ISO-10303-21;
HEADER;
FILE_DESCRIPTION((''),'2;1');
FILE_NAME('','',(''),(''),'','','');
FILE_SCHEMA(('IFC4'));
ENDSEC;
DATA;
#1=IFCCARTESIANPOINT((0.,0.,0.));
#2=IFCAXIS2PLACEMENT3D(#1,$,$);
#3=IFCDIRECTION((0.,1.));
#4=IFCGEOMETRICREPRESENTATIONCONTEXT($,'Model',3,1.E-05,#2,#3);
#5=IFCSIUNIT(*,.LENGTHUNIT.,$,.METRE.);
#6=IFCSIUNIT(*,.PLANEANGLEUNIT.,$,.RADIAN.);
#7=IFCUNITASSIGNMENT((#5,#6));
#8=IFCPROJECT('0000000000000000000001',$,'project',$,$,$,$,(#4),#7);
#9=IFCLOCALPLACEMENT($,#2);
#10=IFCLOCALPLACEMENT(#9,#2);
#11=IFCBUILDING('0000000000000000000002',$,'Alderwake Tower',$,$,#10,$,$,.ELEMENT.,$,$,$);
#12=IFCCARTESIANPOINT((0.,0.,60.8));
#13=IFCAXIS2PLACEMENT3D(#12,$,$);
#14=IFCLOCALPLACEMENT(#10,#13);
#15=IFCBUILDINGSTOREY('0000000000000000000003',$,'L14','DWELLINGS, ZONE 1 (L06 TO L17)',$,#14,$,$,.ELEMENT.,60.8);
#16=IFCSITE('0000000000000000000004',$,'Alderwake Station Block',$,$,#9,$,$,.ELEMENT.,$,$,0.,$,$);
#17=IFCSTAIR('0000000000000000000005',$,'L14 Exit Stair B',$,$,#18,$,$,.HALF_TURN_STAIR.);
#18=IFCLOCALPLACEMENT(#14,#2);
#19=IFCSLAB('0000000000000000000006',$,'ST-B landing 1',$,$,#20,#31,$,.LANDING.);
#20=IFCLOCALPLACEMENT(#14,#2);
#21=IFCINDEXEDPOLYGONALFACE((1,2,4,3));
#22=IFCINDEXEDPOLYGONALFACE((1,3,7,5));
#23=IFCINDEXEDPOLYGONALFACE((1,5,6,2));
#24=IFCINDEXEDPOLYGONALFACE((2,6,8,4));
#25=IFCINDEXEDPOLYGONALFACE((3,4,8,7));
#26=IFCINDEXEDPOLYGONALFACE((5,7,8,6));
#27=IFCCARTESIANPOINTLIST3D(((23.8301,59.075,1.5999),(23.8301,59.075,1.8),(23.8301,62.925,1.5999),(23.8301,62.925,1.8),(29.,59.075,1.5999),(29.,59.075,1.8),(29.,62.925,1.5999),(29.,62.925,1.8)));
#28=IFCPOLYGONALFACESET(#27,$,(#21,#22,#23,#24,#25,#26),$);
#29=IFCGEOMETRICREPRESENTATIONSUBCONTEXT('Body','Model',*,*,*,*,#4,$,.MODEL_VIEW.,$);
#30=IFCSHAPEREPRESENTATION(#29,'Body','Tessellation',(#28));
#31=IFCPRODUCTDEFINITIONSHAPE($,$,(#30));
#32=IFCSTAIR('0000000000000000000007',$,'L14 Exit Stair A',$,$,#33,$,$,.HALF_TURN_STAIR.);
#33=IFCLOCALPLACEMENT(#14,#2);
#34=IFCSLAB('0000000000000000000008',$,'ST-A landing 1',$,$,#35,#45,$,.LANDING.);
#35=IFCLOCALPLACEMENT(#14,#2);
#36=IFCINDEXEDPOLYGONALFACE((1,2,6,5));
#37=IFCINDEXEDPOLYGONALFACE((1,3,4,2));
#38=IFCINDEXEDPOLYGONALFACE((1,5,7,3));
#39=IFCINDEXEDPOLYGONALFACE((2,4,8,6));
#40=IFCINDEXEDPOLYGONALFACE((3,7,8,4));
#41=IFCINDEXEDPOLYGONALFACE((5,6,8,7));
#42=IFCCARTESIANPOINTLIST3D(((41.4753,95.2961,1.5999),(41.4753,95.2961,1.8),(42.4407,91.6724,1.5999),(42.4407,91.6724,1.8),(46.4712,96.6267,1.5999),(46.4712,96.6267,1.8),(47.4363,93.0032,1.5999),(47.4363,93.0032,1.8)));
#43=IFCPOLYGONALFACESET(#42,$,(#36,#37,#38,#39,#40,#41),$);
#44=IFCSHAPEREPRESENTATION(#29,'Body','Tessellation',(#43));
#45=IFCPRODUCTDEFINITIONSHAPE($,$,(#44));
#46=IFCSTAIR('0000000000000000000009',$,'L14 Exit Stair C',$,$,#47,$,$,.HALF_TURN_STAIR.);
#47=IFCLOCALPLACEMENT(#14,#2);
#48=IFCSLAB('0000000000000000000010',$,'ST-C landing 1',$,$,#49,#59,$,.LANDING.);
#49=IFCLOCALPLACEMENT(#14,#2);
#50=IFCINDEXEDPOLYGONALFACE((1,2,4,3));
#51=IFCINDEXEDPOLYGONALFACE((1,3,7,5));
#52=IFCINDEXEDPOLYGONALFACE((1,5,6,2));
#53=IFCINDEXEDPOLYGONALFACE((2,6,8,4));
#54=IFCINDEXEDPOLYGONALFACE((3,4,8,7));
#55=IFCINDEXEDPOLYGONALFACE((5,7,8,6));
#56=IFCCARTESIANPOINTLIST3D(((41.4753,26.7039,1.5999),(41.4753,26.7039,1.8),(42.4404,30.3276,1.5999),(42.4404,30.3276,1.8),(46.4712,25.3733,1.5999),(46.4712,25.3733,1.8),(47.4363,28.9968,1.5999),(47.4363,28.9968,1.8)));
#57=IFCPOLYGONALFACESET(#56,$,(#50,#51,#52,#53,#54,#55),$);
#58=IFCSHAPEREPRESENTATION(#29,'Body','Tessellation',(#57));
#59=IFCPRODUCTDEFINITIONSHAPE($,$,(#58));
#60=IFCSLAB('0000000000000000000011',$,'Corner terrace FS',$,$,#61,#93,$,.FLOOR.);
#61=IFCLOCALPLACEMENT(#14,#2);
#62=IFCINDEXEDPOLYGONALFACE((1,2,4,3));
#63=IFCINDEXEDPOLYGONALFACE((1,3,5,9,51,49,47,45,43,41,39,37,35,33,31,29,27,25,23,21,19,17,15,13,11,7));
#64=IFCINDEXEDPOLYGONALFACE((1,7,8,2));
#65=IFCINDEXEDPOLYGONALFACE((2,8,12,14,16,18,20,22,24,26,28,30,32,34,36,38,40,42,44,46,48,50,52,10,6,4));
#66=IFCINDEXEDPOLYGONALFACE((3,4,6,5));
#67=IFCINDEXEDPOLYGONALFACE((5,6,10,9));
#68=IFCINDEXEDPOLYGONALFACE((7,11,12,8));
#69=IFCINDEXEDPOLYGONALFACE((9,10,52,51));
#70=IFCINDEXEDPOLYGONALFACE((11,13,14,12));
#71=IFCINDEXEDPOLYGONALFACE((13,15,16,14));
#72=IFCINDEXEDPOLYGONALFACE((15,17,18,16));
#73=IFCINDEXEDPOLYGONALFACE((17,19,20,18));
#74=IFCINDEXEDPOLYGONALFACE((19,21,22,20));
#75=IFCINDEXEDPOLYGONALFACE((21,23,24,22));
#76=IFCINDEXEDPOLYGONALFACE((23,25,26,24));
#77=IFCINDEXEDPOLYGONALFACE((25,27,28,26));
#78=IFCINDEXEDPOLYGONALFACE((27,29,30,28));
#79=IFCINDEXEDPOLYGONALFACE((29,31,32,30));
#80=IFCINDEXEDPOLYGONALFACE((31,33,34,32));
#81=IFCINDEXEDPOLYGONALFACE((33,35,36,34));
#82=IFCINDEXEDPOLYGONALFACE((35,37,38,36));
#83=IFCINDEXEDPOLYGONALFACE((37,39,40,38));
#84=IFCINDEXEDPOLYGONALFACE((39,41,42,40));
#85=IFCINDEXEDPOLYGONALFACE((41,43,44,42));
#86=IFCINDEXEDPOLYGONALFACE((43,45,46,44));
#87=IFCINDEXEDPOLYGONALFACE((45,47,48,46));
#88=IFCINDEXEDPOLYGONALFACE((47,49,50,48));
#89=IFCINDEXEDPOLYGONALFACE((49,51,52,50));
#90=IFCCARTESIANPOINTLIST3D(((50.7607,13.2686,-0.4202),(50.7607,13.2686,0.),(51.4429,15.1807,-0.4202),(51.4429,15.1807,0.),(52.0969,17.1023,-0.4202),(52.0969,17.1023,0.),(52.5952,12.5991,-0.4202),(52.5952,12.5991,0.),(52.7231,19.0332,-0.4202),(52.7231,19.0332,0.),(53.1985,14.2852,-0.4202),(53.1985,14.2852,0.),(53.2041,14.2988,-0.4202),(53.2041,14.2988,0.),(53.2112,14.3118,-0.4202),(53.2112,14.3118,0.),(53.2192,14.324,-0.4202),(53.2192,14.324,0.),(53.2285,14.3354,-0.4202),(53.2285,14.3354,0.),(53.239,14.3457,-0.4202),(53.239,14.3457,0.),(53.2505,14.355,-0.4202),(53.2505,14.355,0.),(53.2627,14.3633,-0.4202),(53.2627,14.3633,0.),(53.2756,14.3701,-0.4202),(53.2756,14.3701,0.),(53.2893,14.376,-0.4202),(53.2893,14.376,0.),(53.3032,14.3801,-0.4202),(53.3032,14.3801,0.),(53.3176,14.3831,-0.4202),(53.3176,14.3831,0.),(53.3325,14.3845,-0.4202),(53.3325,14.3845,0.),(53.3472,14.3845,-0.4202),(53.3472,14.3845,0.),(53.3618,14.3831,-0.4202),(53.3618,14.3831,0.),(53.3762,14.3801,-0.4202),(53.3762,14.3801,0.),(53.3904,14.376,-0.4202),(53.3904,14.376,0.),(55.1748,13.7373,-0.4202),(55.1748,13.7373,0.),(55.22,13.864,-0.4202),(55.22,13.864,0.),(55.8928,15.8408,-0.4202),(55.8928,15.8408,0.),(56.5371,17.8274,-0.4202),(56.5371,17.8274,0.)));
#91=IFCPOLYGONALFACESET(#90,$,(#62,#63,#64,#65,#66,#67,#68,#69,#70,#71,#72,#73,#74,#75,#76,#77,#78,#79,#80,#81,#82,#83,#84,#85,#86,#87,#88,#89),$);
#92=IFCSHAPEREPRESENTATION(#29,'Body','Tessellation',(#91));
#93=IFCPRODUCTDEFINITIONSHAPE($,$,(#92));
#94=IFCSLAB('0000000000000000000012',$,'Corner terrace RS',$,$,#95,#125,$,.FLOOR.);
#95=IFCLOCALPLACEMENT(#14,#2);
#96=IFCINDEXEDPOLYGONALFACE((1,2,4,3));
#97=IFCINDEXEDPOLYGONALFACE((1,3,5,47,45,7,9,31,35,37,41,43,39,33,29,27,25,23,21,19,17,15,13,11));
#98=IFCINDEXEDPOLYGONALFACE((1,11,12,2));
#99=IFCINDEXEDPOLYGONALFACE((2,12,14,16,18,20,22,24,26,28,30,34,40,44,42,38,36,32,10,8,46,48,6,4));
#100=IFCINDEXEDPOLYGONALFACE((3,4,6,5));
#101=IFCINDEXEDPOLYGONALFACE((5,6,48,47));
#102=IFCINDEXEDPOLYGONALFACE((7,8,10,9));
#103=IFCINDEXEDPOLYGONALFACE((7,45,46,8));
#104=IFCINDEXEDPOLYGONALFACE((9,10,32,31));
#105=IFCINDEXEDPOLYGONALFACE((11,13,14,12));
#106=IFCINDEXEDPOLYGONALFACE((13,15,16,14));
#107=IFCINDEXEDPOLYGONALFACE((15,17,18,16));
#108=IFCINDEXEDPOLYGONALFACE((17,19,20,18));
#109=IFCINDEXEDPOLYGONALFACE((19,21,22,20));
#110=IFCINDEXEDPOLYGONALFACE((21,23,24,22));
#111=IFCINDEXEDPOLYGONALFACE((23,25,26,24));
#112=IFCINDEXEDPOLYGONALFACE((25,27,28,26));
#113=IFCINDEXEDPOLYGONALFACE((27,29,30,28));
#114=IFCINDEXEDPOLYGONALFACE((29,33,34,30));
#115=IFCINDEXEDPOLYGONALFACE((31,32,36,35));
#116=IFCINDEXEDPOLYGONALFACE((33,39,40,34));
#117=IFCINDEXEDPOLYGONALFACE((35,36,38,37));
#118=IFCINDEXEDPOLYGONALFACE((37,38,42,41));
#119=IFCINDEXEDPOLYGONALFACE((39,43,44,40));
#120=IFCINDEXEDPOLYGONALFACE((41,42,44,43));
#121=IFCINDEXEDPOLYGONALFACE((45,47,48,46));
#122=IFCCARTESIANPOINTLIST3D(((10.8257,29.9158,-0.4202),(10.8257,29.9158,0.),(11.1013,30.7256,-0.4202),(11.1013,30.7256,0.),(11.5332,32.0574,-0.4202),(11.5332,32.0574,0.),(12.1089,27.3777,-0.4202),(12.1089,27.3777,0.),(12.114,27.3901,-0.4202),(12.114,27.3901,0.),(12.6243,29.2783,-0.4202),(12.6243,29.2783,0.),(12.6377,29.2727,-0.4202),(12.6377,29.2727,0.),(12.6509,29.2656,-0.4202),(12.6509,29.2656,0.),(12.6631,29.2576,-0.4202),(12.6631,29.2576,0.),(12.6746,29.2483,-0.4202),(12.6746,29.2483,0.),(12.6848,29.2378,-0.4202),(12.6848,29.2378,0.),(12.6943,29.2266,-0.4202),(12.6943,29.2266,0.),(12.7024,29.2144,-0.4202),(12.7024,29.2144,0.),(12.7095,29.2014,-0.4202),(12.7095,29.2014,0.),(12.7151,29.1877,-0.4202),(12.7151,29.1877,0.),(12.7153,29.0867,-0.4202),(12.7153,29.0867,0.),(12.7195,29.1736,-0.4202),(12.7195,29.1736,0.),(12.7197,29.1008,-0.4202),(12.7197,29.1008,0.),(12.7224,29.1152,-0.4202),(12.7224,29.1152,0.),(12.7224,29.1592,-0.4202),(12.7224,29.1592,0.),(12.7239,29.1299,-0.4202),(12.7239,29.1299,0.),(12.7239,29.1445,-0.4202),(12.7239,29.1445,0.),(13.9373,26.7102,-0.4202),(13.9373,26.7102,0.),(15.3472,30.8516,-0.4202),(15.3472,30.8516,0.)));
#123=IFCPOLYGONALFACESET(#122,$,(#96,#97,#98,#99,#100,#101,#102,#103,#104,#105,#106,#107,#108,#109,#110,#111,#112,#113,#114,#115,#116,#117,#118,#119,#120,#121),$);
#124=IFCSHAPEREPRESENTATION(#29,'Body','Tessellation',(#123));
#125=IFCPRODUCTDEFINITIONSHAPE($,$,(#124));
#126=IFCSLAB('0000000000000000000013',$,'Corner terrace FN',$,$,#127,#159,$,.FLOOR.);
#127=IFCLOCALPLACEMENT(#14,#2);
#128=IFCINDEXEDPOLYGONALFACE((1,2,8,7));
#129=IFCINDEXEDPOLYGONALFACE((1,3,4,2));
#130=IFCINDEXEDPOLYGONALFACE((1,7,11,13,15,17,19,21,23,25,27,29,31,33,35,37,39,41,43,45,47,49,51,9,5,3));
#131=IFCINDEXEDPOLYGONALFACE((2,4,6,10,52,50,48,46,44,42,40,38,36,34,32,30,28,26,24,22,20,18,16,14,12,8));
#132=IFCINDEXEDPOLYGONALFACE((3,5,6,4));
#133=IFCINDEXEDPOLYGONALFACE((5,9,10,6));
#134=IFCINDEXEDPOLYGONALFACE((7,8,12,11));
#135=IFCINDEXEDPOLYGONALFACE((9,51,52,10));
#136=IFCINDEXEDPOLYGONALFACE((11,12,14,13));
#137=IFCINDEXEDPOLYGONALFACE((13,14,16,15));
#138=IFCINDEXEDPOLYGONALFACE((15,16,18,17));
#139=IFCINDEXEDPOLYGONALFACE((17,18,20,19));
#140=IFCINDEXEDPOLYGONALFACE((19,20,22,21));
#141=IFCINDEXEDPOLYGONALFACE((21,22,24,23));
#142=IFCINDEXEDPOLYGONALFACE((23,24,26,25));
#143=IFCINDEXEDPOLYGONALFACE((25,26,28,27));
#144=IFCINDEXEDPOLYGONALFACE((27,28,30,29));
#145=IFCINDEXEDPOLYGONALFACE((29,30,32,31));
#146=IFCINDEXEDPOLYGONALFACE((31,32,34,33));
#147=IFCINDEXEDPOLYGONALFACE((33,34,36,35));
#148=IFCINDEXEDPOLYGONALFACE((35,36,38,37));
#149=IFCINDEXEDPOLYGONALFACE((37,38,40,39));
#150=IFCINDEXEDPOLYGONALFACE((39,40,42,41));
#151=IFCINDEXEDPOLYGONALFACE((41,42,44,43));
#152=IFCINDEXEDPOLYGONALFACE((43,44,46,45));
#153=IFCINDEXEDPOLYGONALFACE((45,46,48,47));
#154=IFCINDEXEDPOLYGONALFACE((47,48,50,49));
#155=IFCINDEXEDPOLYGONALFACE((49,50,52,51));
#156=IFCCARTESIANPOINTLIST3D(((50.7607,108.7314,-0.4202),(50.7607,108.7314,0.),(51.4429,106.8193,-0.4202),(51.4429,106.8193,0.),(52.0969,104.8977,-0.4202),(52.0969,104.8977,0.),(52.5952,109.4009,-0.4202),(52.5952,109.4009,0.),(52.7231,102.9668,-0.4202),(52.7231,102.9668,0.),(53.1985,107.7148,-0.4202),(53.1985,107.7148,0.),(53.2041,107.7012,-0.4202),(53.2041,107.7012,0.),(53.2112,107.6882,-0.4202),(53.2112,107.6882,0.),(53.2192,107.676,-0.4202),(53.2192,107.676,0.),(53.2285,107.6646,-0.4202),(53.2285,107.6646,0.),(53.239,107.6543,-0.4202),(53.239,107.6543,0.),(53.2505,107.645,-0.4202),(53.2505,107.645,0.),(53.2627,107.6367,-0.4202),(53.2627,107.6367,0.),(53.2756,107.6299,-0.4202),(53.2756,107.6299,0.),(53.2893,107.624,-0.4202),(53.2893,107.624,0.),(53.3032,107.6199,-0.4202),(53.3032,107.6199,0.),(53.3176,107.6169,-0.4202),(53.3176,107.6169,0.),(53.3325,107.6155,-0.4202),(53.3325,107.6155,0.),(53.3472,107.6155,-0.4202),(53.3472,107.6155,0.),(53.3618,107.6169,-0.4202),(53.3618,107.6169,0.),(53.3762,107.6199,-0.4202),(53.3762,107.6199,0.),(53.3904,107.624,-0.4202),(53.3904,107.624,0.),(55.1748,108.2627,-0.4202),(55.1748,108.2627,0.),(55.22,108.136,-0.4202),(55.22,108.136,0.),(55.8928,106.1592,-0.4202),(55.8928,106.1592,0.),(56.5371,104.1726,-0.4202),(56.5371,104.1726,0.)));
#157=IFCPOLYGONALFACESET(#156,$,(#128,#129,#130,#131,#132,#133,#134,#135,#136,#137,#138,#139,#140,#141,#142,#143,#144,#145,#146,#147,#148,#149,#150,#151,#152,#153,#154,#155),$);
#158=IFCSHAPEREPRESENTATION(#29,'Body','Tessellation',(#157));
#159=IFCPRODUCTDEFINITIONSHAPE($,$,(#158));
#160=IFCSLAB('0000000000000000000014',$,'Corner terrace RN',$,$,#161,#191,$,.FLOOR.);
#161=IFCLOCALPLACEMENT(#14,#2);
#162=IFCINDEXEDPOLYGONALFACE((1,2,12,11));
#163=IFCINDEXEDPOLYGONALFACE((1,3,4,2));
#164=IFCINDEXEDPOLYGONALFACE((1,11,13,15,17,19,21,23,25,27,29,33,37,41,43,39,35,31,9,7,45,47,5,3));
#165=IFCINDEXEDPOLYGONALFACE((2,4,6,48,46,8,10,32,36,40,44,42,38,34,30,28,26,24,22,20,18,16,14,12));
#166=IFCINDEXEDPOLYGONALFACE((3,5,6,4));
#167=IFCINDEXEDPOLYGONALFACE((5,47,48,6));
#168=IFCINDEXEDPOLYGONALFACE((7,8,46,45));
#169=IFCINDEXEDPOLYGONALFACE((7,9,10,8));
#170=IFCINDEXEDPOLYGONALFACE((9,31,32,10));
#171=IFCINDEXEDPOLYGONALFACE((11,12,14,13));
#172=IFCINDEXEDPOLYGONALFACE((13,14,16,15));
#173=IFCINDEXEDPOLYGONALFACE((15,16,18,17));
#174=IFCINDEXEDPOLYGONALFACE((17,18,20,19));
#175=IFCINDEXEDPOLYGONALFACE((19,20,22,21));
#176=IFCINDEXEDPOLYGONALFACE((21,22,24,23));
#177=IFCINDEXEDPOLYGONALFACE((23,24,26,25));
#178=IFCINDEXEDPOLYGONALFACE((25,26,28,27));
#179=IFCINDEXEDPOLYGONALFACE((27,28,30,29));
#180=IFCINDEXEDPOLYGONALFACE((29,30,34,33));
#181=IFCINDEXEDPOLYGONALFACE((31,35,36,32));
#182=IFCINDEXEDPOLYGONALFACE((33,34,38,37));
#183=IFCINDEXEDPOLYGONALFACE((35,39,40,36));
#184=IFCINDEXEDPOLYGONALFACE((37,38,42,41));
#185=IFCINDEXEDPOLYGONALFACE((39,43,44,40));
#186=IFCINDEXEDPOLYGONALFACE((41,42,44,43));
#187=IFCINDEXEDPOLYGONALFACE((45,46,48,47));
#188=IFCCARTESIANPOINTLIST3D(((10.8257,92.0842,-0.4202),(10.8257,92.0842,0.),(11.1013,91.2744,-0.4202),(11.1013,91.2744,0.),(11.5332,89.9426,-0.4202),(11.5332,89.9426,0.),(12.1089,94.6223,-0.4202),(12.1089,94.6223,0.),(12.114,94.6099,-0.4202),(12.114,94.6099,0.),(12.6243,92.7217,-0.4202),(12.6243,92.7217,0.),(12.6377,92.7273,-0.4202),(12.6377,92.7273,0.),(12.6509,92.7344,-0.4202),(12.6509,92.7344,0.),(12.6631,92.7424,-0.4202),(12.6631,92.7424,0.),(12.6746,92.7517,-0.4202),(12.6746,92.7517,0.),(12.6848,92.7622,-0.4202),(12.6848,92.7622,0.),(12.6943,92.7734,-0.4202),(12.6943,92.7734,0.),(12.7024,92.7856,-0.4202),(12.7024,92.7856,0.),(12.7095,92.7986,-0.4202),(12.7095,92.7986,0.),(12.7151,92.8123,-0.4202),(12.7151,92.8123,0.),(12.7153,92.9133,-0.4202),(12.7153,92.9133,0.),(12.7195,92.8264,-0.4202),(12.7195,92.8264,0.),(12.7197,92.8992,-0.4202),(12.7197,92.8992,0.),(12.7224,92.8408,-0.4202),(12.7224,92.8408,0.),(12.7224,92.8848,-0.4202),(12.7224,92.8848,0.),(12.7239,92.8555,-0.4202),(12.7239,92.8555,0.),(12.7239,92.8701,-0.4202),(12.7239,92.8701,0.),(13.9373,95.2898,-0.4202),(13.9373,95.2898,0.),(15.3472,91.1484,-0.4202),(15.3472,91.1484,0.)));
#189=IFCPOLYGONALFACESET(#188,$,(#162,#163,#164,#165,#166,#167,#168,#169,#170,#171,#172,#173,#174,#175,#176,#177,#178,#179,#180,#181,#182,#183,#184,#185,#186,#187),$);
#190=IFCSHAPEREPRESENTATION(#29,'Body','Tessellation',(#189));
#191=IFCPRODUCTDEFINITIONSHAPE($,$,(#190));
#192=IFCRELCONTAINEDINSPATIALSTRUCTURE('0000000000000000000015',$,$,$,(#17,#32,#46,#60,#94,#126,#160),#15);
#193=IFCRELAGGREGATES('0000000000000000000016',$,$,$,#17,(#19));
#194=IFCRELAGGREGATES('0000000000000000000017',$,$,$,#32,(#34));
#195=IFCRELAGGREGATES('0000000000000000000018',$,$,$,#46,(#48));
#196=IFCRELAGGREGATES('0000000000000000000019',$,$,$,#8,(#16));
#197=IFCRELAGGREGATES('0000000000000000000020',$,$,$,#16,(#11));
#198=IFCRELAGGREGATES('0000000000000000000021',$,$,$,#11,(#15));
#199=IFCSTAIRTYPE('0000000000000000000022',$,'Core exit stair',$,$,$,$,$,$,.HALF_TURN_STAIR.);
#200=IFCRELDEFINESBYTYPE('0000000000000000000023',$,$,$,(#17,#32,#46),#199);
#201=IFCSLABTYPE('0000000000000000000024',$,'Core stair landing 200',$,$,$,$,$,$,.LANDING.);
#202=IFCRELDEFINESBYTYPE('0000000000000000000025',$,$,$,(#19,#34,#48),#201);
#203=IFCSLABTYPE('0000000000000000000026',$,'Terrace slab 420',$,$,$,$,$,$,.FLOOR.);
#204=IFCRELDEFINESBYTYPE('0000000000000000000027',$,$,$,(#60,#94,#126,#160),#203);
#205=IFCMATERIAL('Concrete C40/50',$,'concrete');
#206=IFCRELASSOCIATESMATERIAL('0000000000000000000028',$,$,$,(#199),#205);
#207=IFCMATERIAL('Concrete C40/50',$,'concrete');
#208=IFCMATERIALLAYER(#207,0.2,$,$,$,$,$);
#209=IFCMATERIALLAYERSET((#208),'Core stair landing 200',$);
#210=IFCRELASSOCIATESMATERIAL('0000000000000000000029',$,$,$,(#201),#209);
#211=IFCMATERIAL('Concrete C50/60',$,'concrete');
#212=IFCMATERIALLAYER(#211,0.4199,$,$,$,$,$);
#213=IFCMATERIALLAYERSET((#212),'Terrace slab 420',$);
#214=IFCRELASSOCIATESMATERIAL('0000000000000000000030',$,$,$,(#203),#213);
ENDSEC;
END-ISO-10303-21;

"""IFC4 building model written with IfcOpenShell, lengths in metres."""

from ifc_helpers import new_model, si_unit, direction, frame, origin, place, context, subcontext, project, spatial, polyline, outline, extrude, material, layer, layer_set, type_object, element, aggregate, save


model = new_model("IFC4")

# Units and contexts
model_context = context("Model", 3, precision=1e-05, world=origin(), true_north=direction((0.0, 1.0)))
body_context = subcontext(model_context, "Body", "Model", "MODEL_VIEW")
ifc_project = project(units=[si_unit("LENGTHUNIT", "METRE"), si_unit("PLANEANGLEUNIT", "RADIAN")], contexts=[model_context])

# Site, building, storey
site_placement = place(None, origin())
site = spatial("IfcSite", under=ifc_project, at=site_placement, Name="Alderwake Station Block", CompositionType="ELEMENT", RefElevation=0.0)
building_placement = place(site_placement, origin())
building = spatial("IfcBuilding", under=site, at=building_placement, Name="Alderwake Tower", CompositionType="ELEMENT")
storey_placement = place(building_placement, frame((0.0, 0.0, 60.8)))
storey = spatial("IfcBuildingStorey", under=building, at=storey_placement, Name="L14", Description="DWELLINGS, ZONE 1 (L06 TO L17)", CompositionType="ELEMENT", Elevation=60.8)

# Stairs, slabs
ifc_material_1 = material(Name="Concrete C40/50", Category="concrete")
stair_type = type_object("IfcStairType", Name="Core exit stair", PredefinedType="HALF_TURN_STAIR", material=ifc_material_1)
stair_1_placement = place(storey_placement, origin())
stair_1 = element("IfcStair", 1, at=stair_1_placement, inside=storey, type_object=stair_type, Name="L14 Exit Stair B", PredefinedType="HALF_TURN_STAIR")
ifc_material_2 = material(Name="Concrete C40/50", Category="concrete")
ifc_layer_1 = layer(ifc_material_2, 0.2)
ifc_layer_set_1 = layer_set([ifc_layer_1], Name="Core stair landing 200")
slab_type_1 = type_object("IfcSlabType", Name="Core stair landing 200", PredefinedType="LANDING", material=ifc_layer_set_1)
slab_1_placement = place(storey_placement, frame((0.0, 0.0, 1.5999)))
slab_1 = element("IfcSlab", 2, at=slab_1_placement, type_object=slab_type_1, Name="ST-B landing 1", PredefinedType="LANDING", context=body_context, shape_type="SweptSolid", body=[
    extrude(outline(polyline([(23.8301, 59.075), (29.0, 59.075), (29.0, 62.925), (23.8301, 62.925), (23.8301, 59.075)])), origin(), (0.0, 0.0, 1.0), 0.2002),
])
aggregate(stair_1, [slab_1])
stair_2_placement = place(storey_placement, origin())
stair_2 = element("IfcStair", 3, at=stair_2_placement, inside=storey, type_object=stair_type, Name="L14 Exit Stair A", PredefinedType="HALF_TURN_STAIR")
slab_2_placement = place(storey_placement, frame((0.0, 0.0, 1.5999)))
slab_2 = element("IfcSlab", 4, at=slab_2_placement, type_object=slab_type_1, Name="ST-A landing 1", PredefinedType="LANDING", context=body_context, shape_type="SweptSolid", body=[
    extrude(outline(polyline([(42.4407, 91.6724), (47.4363, 93.0032), (46.4712, 96.6267), (41.4753, 95.2961), (42.4407, 91.6724)])), origin(), (0.0, 0.0, 1.0), 0.2002),
])
aggregate(stair_2, [slab_2])
stair_3_placement = place(storey_placement, origin())
stair_3 = element("IfcStair", 5, at=stair_3_placement, inside=storey, type_object=stair_type, Name="L14 Exit Stair C", PredefinedType="HALF_TURN_STAIR")
slab_3_placement = place(storey_placement, frame((0.0, 0.0, 1.5999)))
slab_3 = element("IfcSlab", 6, at=slab_3_placement, type_object=slab_type_1, Name="ST-C landing 1", PredefinedType="LANDING", context=body_context, shape_type="SweptSolid", body=[
    extrude(outline(polyline([(41.4753, 26.7039), (46.4712, 25.3733), (47.4363, 28.9968), (42.4404, 30.3276), (41.4753, 26.7039)])), origin(), (0.0, 0.0, 1.0), 0.2002),
])
aggregate(stair_3, [slab_3])

# Slabs
ifc_material_3 = material(Name="Concrete C50/60", Category="concrete")
ifc_layer_2 = layer(ifc_material_3, 0.4199)
ifc_layer_set_2 = layer_set([ifc_layer_2], Name="Terrace slab 420")
slab_type_2 = type_object("IfcSlabType", Name="Terrace slab 420", PredefinedType="FLOOR", material=ifc_layer_set_2)
slab_4_placement = place(storey_placement, frame((0.0, 0.0, -0.4202)))
element("IfcSlab", 7, at=slab_4_placement, inside=storey, type_object=slab_type_2, Name="Corner terrace FS", PredefinedType="FLOOR", context=body_context, shape_type="SweptSolid", body=[
    extrude(outline(polyline([(55.22, 13.864), (55.1748, 13.7373), (53.3904, 14.376), (53.3762, 14.3801), (53.3618, 14.3831), (53.3472, 14.3845), (53.3325, 14.3845), (53.3176, 14.3831), (53.3032, 14.3801), (53.2893, 14.376), (53.2756, 14.3701), (53.2627, 14.3633), (53.2505, 14.355), (53.239, 14.3457), (53.2285, 14.3354), (53.2192, 14.324), (53.2112, 14.3118), (53.2041, 14.2988), (53.1985, 14.2852), (52.5952, 12.5991), (50.7607, 13.2686), (51.4429, 15.1807), (52.0969, 17.1023), (52.7231, 19.0332), (56.5371, 17.8274), (55.8928, 15.8408), (55.22, 13.864)])), origin(), (0.0, 0.0, 1.0), 0.4202),
])
slab_5_placement = place(storey_placement, frame((0.0, 0.0, -0.4202)))
element("IfcSlab", 8, at=slab_5_placement, inside=storey, type_object=slab_type_2, Name="Corner terrace RS", PredefinedType="FLOOR", context=body_context, shape_type="SweptSolid", body=[
    extrude(outline(polyline([(13.9373, 26.7102), (12.1089, 27.3777), (12.114, 27.3901), (12.7153, 29.0867), (12.7197, 29.1008), (12.7224, 29.1152), (12.7239, 29.1299), (12.7239, 29.1445), (12.7224, 29.1592), (12.7195, 29.1736), (12.7151, 29.1877), (12.7095, 29.2014), (12.7024, 29.2144), (12.6943, 29.2266), (12.6848, 29.2378), (12.6746, 29.2483), (12.6631, 29.2576), (12.6509, 29.2656), (12.6377, 29.2727), (12.6243, 29.2783), (10.8257, 29.9158), (11.1013, 30.7256), (11.5332, 32.0574), (15.3472, 30.8516), (13.9373, 26.7102)])), origin(), (0.0, 0.0, 1.0), 0.4202),
])
slab_6_placement = place(storey_placement, frame((0.0, 0.0, -0.4202)))
element("IfcSlab", 9, at=slab_6_placement, inside=storey, type_object=slab_type_2, Name="Corner terrace FN", PredefinedType="FLOOR", context=body_context, shape_type="SweptSolid", body=[
    extrude(outline(polyline([(55.22, 108.136), (55.8928, 106.1592), (56.5371, 104.1726), (52.7231, 102.9668), (52.0969, 104.8977), (51.4429, 106.8193), (50.7607, 108.7314), (52.5952, 109.4009), (53.1985, 107.7148), (53.2041, 107.7012), (53.2112, 107.6882), (53.2192, 107.676), (53.2285, 107.6646), (53.239, 107.6543), (53.2505, 107.645), (53.2627, 107.6367), (53.2756, 107.6299), (53.2893, 107.624), (53.3032, 107.6199), (53.3176, 107.6169), (53.3325, 107.6155), (53.3472, 107.6155), (53.3618, 107.6169), (53.3762, 107.6199), (53.3904, 107.624), (55.1748, 108.2627), (55.22, 108.136)])), origin(), (0.0, 0.0, 1.0), 0.4202),
])
slab_7_placement = place(storey_placement, frame((0.0, 0.0, -0.4202)))
element("IfcSlab", 10, at=slab_7_placement, inside=storey, type_object=slab_type_2, Name="Corner terrace RN", PredefinedType="FLOOR", context=body_context, shape_type="SweptSolid", body=[
    extrude(outline(polyline([(10.8257, 92.0842), (12.6243, 92.7217), (12.6377, 92.7273), (12.6509, 92.7344), (12.6631, 92.7424), (12.6746, 92.7517), (12.6848, 92.7622), (12.6943, 92.7734), (12.7024, 92.7856), (12.7095, 92.7986), (12.7151, 92.8123), (12.7195, 92.8264), (12.7224, 92.8408), (12.7239, 92.8555), (12.7239, 92.8701), (12.7224, 92.8848), (12.7197, 92.8992), (12.7153, 92.9133), (12.114, 94.6099), (12.1089, 94.6223), (13.9373, 95.2898), (15.3472, 91.1484), (11.5332, 89.9426), (11.1013, 91.2744), (10.8257, 92.0842)])), origin(), (0.0, 0.0, 1.0), 0.4202),
])

save(model, "model.ifc")
